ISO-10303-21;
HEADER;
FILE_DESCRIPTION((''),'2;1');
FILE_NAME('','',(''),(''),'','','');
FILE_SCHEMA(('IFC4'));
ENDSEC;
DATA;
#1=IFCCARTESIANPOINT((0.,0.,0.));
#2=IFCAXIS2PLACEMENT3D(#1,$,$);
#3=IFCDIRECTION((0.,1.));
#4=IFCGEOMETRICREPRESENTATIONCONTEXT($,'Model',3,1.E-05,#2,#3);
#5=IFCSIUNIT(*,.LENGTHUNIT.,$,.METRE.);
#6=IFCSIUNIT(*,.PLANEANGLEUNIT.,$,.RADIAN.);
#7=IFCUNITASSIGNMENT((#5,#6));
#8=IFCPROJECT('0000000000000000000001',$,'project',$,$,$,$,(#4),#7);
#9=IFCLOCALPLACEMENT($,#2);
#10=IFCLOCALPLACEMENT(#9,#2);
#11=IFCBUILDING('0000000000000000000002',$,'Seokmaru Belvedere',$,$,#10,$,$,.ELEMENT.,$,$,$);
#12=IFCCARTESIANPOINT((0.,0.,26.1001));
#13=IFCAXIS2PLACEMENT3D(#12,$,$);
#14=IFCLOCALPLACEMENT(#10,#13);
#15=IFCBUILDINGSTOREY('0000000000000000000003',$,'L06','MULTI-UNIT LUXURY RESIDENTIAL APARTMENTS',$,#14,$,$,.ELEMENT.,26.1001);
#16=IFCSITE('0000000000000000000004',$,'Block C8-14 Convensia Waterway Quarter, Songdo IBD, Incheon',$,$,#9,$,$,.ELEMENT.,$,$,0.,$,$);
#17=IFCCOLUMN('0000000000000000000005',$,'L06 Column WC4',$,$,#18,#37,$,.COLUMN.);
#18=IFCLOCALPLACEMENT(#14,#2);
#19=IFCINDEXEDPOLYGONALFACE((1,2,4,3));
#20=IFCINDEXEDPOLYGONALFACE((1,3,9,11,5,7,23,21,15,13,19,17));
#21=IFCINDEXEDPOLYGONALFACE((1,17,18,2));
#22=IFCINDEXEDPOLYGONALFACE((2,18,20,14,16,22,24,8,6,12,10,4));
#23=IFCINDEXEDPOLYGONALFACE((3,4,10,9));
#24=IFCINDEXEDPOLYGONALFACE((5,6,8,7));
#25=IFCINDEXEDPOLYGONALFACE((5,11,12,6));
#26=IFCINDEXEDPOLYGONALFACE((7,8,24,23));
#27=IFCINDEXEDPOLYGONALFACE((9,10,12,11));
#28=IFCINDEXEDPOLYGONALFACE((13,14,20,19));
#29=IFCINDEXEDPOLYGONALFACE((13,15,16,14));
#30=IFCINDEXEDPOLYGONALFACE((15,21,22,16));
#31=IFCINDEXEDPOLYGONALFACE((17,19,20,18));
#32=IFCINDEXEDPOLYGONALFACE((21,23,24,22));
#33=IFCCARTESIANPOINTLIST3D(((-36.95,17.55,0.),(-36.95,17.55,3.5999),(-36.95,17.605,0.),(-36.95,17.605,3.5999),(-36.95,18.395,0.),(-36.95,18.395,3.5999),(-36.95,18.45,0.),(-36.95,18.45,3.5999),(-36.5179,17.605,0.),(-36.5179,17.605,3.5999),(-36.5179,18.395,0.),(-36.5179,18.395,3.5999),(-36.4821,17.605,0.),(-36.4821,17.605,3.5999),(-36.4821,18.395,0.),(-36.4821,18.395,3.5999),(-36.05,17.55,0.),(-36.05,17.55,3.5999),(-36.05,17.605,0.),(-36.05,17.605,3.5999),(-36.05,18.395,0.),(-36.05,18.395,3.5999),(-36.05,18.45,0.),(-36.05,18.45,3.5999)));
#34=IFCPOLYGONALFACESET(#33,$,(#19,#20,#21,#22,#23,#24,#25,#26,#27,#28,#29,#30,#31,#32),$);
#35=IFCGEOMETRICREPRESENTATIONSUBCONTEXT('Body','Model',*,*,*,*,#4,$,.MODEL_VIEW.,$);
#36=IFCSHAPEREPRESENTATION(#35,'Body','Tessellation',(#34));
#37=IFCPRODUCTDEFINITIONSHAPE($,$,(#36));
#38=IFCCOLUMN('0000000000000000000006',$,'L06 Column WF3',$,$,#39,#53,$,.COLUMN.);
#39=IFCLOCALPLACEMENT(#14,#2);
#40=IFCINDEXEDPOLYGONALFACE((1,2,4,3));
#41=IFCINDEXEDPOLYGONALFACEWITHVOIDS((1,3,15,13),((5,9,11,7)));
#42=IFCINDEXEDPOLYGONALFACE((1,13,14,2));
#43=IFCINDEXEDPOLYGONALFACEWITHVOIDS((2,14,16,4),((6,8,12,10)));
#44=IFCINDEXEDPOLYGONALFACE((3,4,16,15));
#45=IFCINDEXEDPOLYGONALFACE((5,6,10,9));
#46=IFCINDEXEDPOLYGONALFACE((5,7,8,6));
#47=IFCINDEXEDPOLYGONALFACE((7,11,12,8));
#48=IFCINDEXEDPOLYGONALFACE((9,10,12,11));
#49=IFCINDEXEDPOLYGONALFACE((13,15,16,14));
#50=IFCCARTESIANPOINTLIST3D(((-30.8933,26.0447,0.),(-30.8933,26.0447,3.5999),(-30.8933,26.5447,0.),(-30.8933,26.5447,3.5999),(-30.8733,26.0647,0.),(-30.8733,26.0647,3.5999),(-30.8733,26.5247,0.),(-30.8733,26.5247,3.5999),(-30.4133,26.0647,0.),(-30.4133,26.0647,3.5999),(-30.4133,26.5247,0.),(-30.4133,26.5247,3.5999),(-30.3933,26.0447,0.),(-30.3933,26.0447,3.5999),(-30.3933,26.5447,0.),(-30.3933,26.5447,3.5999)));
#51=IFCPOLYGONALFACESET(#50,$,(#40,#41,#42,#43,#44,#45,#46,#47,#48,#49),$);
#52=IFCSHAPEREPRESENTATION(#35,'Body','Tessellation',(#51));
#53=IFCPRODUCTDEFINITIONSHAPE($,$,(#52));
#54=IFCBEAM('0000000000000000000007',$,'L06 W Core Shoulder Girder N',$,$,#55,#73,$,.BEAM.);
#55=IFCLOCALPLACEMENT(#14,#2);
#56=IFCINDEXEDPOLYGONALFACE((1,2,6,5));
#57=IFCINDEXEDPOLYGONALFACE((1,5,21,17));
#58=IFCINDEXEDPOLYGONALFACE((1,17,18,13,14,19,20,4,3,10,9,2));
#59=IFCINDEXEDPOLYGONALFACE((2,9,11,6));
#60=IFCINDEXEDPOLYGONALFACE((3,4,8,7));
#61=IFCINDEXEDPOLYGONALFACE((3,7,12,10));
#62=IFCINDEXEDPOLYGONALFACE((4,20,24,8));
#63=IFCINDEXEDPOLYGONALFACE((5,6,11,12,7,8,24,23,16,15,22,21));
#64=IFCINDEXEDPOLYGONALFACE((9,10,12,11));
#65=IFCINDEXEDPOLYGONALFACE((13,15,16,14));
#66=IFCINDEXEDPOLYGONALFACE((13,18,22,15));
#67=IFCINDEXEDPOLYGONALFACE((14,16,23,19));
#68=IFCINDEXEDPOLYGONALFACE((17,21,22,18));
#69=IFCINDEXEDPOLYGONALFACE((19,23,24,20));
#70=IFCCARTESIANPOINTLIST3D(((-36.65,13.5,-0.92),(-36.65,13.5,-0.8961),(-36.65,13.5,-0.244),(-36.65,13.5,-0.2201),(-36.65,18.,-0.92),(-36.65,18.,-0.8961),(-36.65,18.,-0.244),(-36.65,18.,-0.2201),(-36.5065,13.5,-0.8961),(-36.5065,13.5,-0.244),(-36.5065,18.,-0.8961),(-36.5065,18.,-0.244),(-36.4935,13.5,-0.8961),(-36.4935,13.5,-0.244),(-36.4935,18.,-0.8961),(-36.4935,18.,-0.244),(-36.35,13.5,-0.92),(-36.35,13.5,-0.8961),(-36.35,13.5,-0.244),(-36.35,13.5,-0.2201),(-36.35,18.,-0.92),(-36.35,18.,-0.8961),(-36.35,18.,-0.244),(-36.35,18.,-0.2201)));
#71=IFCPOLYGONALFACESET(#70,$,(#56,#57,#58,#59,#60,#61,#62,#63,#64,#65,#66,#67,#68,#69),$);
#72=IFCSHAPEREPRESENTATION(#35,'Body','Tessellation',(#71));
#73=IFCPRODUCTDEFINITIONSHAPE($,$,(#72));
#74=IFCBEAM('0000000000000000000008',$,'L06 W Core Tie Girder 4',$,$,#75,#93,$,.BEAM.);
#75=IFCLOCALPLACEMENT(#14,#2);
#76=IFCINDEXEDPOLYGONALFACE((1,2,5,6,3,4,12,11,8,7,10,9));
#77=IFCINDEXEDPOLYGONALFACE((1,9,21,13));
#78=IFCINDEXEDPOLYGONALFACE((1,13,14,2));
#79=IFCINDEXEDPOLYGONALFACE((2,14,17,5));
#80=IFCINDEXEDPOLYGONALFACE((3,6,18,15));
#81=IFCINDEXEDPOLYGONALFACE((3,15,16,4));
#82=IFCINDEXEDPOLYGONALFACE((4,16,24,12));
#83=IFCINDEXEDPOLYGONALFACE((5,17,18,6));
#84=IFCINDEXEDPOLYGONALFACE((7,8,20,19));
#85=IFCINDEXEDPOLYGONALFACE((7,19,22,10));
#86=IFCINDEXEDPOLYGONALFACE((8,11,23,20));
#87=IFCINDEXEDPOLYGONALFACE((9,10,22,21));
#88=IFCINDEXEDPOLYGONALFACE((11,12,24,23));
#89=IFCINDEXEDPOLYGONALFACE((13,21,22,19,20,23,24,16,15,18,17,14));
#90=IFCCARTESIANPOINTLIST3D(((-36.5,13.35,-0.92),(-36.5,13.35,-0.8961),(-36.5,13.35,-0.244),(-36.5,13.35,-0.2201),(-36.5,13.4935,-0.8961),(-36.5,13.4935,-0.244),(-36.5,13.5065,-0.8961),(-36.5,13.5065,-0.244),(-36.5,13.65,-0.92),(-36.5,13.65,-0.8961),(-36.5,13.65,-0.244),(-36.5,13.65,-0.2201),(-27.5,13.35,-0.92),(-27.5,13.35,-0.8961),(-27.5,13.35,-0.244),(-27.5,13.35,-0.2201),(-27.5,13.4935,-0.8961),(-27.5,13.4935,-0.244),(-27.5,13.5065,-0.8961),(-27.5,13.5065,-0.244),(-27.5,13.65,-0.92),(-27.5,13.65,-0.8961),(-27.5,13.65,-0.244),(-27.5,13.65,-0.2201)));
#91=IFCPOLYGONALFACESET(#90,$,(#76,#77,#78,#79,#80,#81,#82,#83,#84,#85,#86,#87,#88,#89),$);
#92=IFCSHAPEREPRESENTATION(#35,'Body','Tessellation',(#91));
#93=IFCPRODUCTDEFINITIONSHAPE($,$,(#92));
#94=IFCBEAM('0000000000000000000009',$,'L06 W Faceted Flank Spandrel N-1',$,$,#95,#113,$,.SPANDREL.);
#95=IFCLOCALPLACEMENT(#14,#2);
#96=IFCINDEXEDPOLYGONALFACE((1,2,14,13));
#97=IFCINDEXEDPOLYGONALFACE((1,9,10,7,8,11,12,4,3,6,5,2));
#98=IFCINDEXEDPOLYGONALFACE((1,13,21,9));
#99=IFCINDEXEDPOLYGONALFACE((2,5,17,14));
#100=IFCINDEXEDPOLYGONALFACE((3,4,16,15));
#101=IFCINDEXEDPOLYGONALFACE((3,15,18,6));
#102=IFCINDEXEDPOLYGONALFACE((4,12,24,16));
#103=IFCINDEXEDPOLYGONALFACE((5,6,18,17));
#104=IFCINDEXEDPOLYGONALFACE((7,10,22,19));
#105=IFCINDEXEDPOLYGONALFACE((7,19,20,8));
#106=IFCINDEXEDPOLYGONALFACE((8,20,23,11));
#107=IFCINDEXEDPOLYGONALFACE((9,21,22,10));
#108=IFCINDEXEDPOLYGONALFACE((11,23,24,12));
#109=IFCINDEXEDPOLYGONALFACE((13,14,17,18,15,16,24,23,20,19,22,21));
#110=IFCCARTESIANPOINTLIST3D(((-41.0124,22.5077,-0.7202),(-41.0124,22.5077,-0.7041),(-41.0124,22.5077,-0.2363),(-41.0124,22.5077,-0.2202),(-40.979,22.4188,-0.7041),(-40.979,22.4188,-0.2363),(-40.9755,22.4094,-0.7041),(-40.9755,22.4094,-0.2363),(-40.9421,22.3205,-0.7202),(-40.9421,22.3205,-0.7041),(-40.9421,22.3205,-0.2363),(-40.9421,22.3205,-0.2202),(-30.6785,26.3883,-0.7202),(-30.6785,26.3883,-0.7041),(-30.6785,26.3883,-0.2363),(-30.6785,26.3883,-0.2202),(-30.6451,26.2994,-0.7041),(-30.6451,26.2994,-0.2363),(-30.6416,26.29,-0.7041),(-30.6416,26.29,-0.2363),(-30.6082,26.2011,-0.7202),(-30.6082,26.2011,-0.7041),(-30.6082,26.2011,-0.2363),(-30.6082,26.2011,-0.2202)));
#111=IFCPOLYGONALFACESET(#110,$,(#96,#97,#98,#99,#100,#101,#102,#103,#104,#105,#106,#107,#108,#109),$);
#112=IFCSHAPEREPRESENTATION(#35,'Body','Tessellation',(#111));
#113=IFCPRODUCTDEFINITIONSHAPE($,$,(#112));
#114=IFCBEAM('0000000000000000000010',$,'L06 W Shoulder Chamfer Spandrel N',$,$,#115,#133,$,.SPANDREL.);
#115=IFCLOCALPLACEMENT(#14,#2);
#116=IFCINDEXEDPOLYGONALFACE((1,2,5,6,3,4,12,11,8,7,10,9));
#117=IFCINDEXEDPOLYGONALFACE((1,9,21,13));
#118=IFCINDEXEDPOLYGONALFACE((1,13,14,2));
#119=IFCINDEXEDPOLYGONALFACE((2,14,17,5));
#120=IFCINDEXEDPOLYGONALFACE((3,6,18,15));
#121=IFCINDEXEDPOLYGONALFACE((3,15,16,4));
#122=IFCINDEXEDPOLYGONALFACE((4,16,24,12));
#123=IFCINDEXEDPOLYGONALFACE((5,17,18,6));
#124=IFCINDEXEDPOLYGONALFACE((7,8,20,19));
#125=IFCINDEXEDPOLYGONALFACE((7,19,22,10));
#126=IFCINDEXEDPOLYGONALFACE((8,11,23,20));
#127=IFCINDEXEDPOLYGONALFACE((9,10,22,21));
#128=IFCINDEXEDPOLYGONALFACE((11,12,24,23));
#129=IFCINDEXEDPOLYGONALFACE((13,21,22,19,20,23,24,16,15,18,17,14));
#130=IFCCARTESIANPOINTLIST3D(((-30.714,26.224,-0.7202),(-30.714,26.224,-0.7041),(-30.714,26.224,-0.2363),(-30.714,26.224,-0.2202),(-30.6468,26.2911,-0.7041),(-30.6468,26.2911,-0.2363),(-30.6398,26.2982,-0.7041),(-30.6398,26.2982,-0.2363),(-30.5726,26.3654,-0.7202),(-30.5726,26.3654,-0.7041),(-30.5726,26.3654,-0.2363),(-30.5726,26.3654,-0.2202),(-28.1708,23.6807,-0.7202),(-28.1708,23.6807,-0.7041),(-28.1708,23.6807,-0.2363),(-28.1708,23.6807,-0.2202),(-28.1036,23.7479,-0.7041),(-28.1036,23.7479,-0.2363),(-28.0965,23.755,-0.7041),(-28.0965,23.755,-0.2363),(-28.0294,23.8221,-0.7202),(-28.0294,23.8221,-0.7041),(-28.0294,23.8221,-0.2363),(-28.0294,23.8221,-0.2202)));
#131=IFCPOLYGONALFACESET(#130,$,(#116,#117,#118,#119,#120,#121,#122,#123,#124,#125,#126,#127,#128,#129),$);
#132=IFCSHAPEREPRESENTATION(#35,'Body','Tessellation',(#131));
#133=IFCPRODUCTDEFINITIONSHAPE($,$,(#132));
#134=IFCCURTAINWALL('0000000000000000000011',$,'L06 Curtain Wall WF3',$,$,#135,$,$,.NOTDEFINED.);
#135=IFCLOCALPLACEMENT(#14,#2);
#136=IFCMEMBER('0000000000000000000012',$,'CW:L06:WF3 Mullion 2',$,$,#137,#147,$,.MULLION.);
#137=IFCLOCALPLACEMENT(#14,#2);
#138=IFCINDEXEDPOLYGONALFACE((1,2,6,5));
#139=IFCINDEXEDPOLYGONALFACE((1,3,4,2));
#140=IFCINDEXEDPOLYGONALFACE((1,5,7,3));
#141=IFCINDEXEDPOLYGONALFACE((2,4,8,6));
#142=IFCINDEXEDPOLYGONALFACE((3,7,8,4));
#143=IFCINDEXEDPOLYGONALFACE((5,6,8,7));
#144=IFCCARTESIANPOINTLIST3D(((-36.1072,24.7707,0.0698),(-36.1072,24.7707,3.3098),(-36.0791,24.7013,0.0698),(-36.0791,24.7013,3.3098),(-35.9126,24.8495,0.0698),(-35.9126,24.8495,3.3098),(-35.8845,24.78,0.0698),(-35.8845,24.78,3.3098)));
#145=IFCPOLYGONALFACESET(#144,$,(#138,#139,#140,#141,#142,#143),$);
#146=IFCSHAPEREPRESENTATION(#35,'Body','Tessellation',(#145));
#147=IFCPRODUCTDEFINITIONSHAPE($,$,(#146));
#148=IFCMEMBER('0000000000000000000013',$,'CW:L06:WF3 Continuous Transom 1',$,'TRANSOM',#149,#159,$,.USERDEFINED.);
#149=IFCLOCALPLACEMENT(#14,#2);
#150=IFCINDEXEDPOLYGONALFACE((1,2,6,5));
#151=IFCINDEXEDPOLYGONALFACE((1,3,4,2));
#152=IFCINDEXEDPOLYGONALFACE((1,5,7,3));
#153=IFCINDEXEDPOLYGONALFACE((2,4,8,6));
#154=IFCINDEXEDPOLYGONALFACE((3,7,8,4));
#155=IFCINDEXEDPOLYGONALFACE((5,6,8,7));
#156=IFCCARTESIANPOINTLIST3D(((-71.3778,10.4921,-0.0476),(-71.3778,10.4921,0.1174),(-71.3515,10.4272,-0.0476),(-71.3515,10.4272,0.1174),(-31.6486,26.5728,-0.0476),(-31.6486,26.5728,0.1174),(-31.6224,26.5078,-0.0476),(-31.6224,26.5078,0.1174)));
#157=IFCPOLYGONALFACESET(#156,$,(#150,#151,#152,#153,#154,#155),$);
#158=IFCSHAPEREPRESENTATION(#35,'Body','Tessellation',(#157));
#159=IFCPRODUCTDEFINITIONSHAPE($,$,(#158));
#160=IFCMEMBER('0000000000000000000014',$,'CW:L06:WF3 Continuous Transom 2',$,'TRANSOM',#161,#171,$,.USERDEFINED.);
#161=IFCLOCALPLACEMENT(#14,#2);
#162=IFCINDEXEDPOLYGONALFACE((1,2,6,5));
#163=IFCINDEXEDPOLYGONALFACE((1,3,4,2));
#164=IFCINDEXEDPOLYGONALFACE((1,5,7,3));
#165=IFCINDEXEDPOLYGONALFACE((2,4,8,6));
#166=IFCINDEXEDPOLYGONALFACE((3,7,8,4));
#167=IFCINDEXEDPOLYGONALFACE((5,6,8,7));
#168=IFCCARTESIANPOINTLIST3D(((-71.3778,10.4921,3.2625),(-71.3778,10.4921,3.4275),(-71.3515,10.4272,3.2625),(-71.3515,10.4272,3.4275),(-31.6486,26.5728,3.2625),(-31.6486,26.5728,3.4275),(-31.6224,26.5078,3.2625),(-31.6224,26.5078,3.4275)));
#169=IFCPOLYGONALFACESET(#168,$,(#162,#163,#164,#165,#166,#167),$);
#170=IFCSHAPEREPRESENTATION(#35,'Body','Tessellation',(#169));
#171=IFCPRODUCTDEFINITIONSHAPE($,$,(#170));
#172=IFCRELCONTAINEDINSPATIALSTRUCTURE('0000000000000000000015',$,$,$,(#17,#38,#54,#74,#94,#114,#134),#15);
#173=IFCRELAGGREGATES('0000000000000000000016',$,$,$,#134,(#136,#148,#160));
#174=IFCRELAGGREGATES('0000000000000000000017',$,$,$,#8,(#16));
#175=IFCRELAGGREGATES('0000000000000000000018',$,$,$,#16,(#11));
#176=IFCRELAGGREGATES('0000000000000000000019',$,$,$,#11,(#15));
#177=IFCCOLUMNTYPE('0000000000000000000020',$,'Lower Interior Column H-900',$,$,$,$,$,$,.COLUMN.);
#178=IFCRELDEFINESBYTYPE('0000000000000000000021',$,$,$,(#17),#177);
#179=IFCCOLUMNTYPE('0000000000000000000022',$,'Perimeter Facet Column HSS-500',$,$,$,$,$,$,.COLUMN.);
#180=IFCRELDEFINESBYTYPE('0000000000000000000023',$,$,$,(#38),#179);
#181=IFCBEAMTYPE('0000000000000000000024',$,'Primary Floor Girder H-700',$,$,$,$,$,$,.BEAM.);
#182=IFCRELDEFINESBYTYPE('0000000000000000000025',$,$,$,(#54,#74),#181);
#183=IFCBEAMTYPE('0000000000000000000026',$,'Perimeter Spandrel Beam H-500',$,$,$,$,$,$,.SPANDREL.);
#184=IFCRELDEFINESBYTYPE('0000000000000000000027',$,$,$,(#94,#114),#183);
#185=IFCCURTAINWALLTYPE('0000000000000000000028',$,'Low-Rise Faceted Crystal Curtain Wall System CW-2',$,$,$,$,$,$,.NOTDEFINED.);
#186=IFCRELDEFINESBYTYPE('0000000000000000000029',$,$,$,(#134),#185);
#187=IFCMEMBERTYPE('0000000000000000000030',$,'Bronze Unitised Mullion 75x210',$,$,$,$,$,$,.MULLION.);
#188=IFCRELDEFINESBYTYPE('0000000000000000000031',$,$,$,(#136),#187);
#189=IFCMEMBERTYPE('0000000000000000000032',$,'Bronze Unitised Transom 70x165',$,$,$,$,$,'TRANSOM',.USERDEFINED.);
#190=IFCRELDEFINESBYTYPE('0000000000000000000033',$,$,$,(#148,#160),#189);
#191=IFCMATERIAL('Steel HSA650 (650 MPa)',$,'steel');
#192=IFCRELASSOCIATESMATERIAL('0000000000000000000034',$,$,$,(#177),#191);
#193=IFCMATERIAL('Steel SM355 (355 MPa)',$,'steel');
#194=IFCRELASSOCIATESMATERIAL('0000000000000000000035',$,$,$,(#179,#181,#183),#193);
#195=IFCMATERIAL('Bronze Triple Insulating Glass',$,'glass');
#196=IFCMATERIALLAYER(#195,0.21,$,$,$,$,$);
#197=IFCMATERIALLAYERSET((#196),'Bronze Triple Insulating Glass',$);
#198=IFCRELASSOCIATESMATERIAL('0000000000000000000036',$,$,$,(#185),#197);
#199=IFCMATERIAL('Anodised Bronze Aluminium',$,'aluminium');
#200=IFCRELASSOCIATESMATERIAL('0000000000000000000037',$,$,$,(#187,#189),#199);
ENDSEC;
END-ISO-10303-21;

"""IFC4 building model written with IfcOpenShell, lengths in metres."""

from ifc_helpers import new_model, si_unit, direction, frame, origin, origin_2d, place, context, subcontext, project, spatial, rectangle, hollow_rectangle, i_section, extrude, source, transform, mapped, material, layer, layer_set, material_profile, profile_set, type_object, type_shapes, element, aggregate, save


model = new_model("IFC4")

# Units and contexts
model_context = context("Model", 3, precision=1e-05, world=origin(), true_north=direction((0.0, 1.0)))
body_context = subcontext(model_context, "Body", "Model", "MODEL_VIEW")
ifc_project = project(units=[si_unit("LENGTHUNIT", "METRE"), si_unit("PLANEANGLEUNIT", "RADIAN")], contexts=[model_context])

# Site, building, storey
site_placement = place(None, origin())
site = spatial("IfcSite", under=ifc_project, at=site_placement, Name="Block C8-14 Convensia Waterway Quarter, Songdo IBD, Incheon", CompositionType="ELEMENT", RefElevation=0.0)
building_placement = place(site_placement, origin())
building = spatial("IfcBuilding", under=site, at=building_placement, Name="Seokmaru Belvedere", CompositionType="ELEMENT")
storey_placement = place(building_placement, frame((0.0, 0.0, 26.1001)))
storey = spatial("IfcBuildingStorey", under=building, at=storey_placement, Name="L06", Description="MULTI-UNIT LUXURY RESIDENTIAL APARTMENTS", CompositionType="ELEMENT", Elevation=26.1001)

# Columns
ifc_material_1 = material(Name="Steel HSA650 (650 MPa)", Category="steel")
ifc_material_profile_1 = material_profile(ifc_material_1, i_section(OverallWidth=0.8999, OverallDepth=0.8999, WebThickness=0.0359, FlangeThickness=0.0549, at=origin_2d()), Name="H-900x900x36x55")
ifc_profile_set_1 = profile_set([ifc_material_profile_1], Name="Steel HSA650 (650 MPa)")
column_type_1 = type_object("IfcColumnType", Name="Lower Interior Column H-900", PredefinedType="COLUMN", material=ifc_profile_set_1)
shared_shape_1 = source(origin(), body_context, "Body", "SweptSolid", [
    extrude(i_section(OverallWidth=0.8999, OverallDepth=0.8999, WebThickness=0.0359, FlangeThickness=0.0549, at=origin_2d()), origin(), (0.0, 0.0, 1.0), 3.5999),
])
type_shapes(column_type_1, [shared_shape_1])
column_1_placement = place(storey_placement, frame((-36.5, 18.0, 0.0), z_axis=(0.0, 0.0, 1.0), x_axis=(1.0, 0.0, 0.0)))
element("IfcColumn", 1, at=column_1_placement, inside=storey, type_object=column_type_1, Name="L06 Column WC4", PredefinedType="COLUMN", context=body_context, shape_type="MappedRepresentation", body=[
    mapped(shared_shape_1, transform((0.0, 0.0, 0.0), scale=1.0)),
])
ifc_material_2 = material(Name="Steel SM355 (355 MPa)", Category="steel")
ifc_material_profile_2 = material_profile(ifc_material_2, hollow_rectangle(XDim=0.5, YDim=0.5, WallThickness=0.02, at=origin_2d()), Name="HSS-500x500x20")
ifc_profile_set_2 = profile_set([ifc_material_profile_2], Name="Steel SM355 (355 MPa)")
column_type_2 = type_object("IfcColumnType", Name="Perimeter Facet Column HSS-500", PredefinedType="COLUMN", material=ifc_profile_set_2)
shared_shape_2 = source(origin(), body_context, "Body", "SweptSolid", [
    extrude(hollow_rectangle(XDim=0.5, YDim=0.5, WallThickness=0.02, at=origin_2d()), origin(), (0.0, 0.0, 1.0), 3.5999),
])
type_shapes(column_type_2, [shared_shape_2])
column_2_placement = place(storey_placement, frame((-30.6433, 26.2947, 0.0), z_axis=(0.0, 0.0, 1.0), x_axis=(1.0, 0.0, 0.0)))
element("IfcColumn", 2, at=column_2_placement, inside=storey, type_object=column_type_2, Name="L06 Column WF3", PredefinedType="COLUMN", context=body_context, shape_type="MappedRepresentation", body=[
    mapped(shared_shape_2, transform((0.0, 0.0, 0.0), scale=1.0)),
])

# Beams
ifc_material_profile_3 = material_profile(ifc_material_2, i_section(OverallWidth=0.3, OverallDepth=0.7, WebThickness=0.0129, FlangeThickness=0.0239, at=origin_2d()), Name="H-700x300x13x24")
ifc_profile_set_3 = profile_set([ifc_material_profile_3], Name="Steel SM355 (355 MPa)")
beam_type_1 = type_object("IfcBeamType", Name="Primary Floor Girder H-700", PredefinedType="BEAM", material=ifc_profile_set_3)
shared_shape_3 = source(origin(), body_context, "Body", "SweptSolid", [
    extrude(i_section(OverallWidth=0.3, OverallDepth=0.7, WebThickness=0.0129, FlangeThickness=0.0239, at=origin_2d()), origin(), (0.0, 0.0, 1.0), 4.5),
])
beam_1_placement = place(storey_placement, frame((-36.5, 13.5, -0.5701), z_axis=(0.0, 1.0, 0.0), x_axis=(-1.0, 0.0, 0.0)))
element("IfcBeam", 3, at=beam_1_placement, inside=storey, type_object=beam_type_1, Name="L06 W Core Shoulder Girder N", PredefinedType="BEAM", context=body_context, shape_type="MappedRepresentation", body=[
    mapped(shared_shape_3, transform((0.0, 0.0, 0.0), scale=1.0)),
])
shared_shape_4 = source(origin(), body_context, "Body", "SweptSolid", [
    extrude(i_section(OverallWidth=0.3, OverallDepth=0.7, WebThickness=0.0129, FlangeThickness=0.0239, at=origin_2d()), origin(), (0.0, 0.0, 1.0), 9.0),
])
type_shapes(beam_type_1, [shared_shape_3, shared_shape_4])
beam_2_placement = place(storey_placement, frame((-36.5, 13.5, -0.5701), z_axis=(1.0, 0.0, 0.0), x_axis=(0.0, 1.0, 0.0)))
element("IfcBeam", 4, at=beam_2_placement, inside=storey, type_object=beam_type_1, Name="L06 W Core Tie Girder 4", PredefinedType="BEAM", context=body_context, shape_type="MappedRepresentation", body=[
    mapped(shared_shape_4, transform((0.0, 0.0, 0.0), scale=1.0)),
])
ifc_material_profile_4 = material_profile(ifc_material_2, i_section(OverallWidth=0.2, OverallDepth=0.5, WebThickness=0.01, FlangeThickness=0.0161, at=origin_2d()), Name="H-500x200x10x16")
ifc_profile_set_4 = profile_set([ifc_material_profile_4], Name="Steel SM355 (355 MPa)")
beam_type_2 = type_object("IfcBeamType", Name="Perimeter Spandrel Beam H-500", PredefinedType="SPANDREL", material=ifc_profile_set_4)
shared_shape_5 = source(origin(), body_context, "Body", "SweptSolid", [
    extrude(i_section(OverallWidth=0.2, OverallDepth=0.5, WebThickness=0.01, FlangeThickness=0.0161, at=origin_2d()), origin(), (0.0, 0.0, 1.0), 11.0386),
])
beam_3_placement = place(storey_placement, frame((-30.6433, 26.2947, -0.4702), z_axis=(-0.936169, -0.35155, 0.0), x_axis=(0.35155, -0.936169, 0.0)))
element("IfcBeam", 5, at=beam_3_placement, inside=storey, type_object=beam_type_2, Name="L06 W Faceted Flank Spandrel N-1", PredefinedType="SPANDREL", context=body_context, shape_type="MappedRepresentation", body=[
    mapped(shared_shape_5, transform((0.0, 0.0, 0.0), scale=1.0)),
])
shared_shape_6 = source(origin(), body_context, "Body", "SweptSolid", [
    extrude(i_section(OverallWidth=0.2, OverallDepth=0.5, WebThickness=0.01, FlangeThickness=0.0161, at=origin_2d()), origin(), (0.0, 0.0, 1.0), 3.5967),
])
type_shapes(beam_type_2, [shared_shape_5, shared_shape_6])
beam_4_placement = place(storey_placement, frame((-30.6433, 26.2947, -0.4702), z_axis=(0.707107, -0.707107, 0.0), x_axis=(0.707107, 0.707107, 0.0)))
element("IfcBeam", 6, at=beam_4_placement, inside=storey, type_object=beam_type_2, Name="L06 W Shoulder Chamfer Spandrel N", PredefinedType="SPANDREL", context=body_context, shape_type="MappedRepresentation", body=[
    mapped(shared_shape_6, transform((0.0, 0.0, 0.0), scale=1.0)),
])

# Curtain wall, members
ifc_material_3 = material(Name="Bronze Triple Insulating Glass", Category="glass")
ifc_layer_1 = layer(ifc_material_3, 0.21)
ifc_layer_set_1 = layer_set([ifc_layer_1], Name="Bronze Triple Insulating Glass")
curtain_wall_type = type_object("IfcCurtainWallType", Name="Low-Rise Faceted Crystal Curtain Wall System CW-2", PredefinedType="NOTDEFINED", material=ifc_layer_set_1)
curtain_wall_placement = place(storey_placement, origin())
curtain_wall = element("IfcCurtainWall", 7, at=curtain_wall_placement, inside=storey, type_object=curtain_wall_type, Name="L06 Curtain Wall WF3", PredefinedType="NOTDEFINED")
ifc_material_4 = material(Name="Anodised Bronze Aluminium", Category="aluminium")
ifc_material_profile_5 = material_profile(ifc_material_4, rectangle(XDim=0.075, YDim=0.21, at=origin_2d()), Name="CW-M-75x210")
ifc_profile_set_5 = profile_set([ifc_material_profile_5], Name="Anodised Bronze Aluminium")
member_type_1 = type_object("IfcMemberType", Name="Bronze Unitised Mullion 75x210", PredefinedType="MULLION", material=ifc_profile_set_5)
shared_shape_7 = source(origin(), body_context, "Body", "SweptSolid", [
    extrude(rectangle(XDim=0.075, YDim=0.21, at=origin_2d()), origin(), (0.0, 0.0, 1.0), 3.24),
])
member_1_placement = place(storey_placement, frame((-35.9958, 24.7754, 0.0698), z_axis=(0.0, 0.0, 1.0), x_axis=(0.375192, -0.926947, 0.0)))
member_1 = element("IfcMember", 8, at=member_1_placement, type_object=member_type_1, Name="CW:L06:WF3 Mullion 2", PredefinedType="MULLION", context=body_context, shape_type="MappedRepresentation", body=[
    mapped(shared_shape_7, transform((0.0, 0.0, 0.0), scale=1.0)),
])
ifc_material_profile_6 = material_profile(ifc_material_4, rectangle(XDim=0.0701, YDim=0.165, at=origin_2d()), Name="CW-T-70x165")
ifc_profile_set_6 = profile_set([ifc_material_profile_6], Name="Anodised Bronze Aluminium")
member_type_2 = type_object("IfcMemberType", Name="Bronze Unitised Transom 70x165", ElementType="TRANSOM", PredefinedType="USERDEFINED", material=ifc_profile_set_6)
shared_shape_8 = source(origin(), body_context, "Body", "SweptSolid", [
    extrude(rectangle(XDim=0.0701, YDim=0.165, at=origin_2d()), origin(), (0.0, 0.0, 1.0), 42.8601),
])
type_shapes(member_type_2, [shared_shape_8])
member_2_placement = place(storey_placement, frame((-31.6355, 26.5403, 0.0349), z_axis=(-0.926949, -0.375188, 0.0), x_axis=(0.375188, -0.926949, 0.0)))
member_2 = element("IfcMember", 9, at=member_2_placement, type_object=member_type_2, Name="CW:L06:WF3 Continuous Transom 1", ObjectType="TRANSOM", PredefinedType="USERDEFINED", context=body_context, shape_type="MappedRepresentation", body=[
    mapped(shared_shape_8, transform((0.0, 0.0, 0.0), scale=1.0)),
])
member_3_placement = place(storey_placement, frame((-31.6355, 26.5403, 3.345), z_axis=(-0.926949, -0.375188, 0.0), x_axis=(0.375188, -0.926949, 0.0)))
member_3 = element("IfcMember", 10, at=member_3_placement, type_object=member_type_2, Name="CW:L06:WF3 Continuous Transom 2", ObjectType="TRANSOM", PredefinedType="USERDEFINED", context=body_context, shape_type="MappedRepresentation", body=[
    mapped(shared_shape_8, transform((0.0, 0.0, 0.0), scale=1.0)),
])
aggregate(curtain_wall, [member_1, member_2, member_3])

save(model, "model.ifc")
